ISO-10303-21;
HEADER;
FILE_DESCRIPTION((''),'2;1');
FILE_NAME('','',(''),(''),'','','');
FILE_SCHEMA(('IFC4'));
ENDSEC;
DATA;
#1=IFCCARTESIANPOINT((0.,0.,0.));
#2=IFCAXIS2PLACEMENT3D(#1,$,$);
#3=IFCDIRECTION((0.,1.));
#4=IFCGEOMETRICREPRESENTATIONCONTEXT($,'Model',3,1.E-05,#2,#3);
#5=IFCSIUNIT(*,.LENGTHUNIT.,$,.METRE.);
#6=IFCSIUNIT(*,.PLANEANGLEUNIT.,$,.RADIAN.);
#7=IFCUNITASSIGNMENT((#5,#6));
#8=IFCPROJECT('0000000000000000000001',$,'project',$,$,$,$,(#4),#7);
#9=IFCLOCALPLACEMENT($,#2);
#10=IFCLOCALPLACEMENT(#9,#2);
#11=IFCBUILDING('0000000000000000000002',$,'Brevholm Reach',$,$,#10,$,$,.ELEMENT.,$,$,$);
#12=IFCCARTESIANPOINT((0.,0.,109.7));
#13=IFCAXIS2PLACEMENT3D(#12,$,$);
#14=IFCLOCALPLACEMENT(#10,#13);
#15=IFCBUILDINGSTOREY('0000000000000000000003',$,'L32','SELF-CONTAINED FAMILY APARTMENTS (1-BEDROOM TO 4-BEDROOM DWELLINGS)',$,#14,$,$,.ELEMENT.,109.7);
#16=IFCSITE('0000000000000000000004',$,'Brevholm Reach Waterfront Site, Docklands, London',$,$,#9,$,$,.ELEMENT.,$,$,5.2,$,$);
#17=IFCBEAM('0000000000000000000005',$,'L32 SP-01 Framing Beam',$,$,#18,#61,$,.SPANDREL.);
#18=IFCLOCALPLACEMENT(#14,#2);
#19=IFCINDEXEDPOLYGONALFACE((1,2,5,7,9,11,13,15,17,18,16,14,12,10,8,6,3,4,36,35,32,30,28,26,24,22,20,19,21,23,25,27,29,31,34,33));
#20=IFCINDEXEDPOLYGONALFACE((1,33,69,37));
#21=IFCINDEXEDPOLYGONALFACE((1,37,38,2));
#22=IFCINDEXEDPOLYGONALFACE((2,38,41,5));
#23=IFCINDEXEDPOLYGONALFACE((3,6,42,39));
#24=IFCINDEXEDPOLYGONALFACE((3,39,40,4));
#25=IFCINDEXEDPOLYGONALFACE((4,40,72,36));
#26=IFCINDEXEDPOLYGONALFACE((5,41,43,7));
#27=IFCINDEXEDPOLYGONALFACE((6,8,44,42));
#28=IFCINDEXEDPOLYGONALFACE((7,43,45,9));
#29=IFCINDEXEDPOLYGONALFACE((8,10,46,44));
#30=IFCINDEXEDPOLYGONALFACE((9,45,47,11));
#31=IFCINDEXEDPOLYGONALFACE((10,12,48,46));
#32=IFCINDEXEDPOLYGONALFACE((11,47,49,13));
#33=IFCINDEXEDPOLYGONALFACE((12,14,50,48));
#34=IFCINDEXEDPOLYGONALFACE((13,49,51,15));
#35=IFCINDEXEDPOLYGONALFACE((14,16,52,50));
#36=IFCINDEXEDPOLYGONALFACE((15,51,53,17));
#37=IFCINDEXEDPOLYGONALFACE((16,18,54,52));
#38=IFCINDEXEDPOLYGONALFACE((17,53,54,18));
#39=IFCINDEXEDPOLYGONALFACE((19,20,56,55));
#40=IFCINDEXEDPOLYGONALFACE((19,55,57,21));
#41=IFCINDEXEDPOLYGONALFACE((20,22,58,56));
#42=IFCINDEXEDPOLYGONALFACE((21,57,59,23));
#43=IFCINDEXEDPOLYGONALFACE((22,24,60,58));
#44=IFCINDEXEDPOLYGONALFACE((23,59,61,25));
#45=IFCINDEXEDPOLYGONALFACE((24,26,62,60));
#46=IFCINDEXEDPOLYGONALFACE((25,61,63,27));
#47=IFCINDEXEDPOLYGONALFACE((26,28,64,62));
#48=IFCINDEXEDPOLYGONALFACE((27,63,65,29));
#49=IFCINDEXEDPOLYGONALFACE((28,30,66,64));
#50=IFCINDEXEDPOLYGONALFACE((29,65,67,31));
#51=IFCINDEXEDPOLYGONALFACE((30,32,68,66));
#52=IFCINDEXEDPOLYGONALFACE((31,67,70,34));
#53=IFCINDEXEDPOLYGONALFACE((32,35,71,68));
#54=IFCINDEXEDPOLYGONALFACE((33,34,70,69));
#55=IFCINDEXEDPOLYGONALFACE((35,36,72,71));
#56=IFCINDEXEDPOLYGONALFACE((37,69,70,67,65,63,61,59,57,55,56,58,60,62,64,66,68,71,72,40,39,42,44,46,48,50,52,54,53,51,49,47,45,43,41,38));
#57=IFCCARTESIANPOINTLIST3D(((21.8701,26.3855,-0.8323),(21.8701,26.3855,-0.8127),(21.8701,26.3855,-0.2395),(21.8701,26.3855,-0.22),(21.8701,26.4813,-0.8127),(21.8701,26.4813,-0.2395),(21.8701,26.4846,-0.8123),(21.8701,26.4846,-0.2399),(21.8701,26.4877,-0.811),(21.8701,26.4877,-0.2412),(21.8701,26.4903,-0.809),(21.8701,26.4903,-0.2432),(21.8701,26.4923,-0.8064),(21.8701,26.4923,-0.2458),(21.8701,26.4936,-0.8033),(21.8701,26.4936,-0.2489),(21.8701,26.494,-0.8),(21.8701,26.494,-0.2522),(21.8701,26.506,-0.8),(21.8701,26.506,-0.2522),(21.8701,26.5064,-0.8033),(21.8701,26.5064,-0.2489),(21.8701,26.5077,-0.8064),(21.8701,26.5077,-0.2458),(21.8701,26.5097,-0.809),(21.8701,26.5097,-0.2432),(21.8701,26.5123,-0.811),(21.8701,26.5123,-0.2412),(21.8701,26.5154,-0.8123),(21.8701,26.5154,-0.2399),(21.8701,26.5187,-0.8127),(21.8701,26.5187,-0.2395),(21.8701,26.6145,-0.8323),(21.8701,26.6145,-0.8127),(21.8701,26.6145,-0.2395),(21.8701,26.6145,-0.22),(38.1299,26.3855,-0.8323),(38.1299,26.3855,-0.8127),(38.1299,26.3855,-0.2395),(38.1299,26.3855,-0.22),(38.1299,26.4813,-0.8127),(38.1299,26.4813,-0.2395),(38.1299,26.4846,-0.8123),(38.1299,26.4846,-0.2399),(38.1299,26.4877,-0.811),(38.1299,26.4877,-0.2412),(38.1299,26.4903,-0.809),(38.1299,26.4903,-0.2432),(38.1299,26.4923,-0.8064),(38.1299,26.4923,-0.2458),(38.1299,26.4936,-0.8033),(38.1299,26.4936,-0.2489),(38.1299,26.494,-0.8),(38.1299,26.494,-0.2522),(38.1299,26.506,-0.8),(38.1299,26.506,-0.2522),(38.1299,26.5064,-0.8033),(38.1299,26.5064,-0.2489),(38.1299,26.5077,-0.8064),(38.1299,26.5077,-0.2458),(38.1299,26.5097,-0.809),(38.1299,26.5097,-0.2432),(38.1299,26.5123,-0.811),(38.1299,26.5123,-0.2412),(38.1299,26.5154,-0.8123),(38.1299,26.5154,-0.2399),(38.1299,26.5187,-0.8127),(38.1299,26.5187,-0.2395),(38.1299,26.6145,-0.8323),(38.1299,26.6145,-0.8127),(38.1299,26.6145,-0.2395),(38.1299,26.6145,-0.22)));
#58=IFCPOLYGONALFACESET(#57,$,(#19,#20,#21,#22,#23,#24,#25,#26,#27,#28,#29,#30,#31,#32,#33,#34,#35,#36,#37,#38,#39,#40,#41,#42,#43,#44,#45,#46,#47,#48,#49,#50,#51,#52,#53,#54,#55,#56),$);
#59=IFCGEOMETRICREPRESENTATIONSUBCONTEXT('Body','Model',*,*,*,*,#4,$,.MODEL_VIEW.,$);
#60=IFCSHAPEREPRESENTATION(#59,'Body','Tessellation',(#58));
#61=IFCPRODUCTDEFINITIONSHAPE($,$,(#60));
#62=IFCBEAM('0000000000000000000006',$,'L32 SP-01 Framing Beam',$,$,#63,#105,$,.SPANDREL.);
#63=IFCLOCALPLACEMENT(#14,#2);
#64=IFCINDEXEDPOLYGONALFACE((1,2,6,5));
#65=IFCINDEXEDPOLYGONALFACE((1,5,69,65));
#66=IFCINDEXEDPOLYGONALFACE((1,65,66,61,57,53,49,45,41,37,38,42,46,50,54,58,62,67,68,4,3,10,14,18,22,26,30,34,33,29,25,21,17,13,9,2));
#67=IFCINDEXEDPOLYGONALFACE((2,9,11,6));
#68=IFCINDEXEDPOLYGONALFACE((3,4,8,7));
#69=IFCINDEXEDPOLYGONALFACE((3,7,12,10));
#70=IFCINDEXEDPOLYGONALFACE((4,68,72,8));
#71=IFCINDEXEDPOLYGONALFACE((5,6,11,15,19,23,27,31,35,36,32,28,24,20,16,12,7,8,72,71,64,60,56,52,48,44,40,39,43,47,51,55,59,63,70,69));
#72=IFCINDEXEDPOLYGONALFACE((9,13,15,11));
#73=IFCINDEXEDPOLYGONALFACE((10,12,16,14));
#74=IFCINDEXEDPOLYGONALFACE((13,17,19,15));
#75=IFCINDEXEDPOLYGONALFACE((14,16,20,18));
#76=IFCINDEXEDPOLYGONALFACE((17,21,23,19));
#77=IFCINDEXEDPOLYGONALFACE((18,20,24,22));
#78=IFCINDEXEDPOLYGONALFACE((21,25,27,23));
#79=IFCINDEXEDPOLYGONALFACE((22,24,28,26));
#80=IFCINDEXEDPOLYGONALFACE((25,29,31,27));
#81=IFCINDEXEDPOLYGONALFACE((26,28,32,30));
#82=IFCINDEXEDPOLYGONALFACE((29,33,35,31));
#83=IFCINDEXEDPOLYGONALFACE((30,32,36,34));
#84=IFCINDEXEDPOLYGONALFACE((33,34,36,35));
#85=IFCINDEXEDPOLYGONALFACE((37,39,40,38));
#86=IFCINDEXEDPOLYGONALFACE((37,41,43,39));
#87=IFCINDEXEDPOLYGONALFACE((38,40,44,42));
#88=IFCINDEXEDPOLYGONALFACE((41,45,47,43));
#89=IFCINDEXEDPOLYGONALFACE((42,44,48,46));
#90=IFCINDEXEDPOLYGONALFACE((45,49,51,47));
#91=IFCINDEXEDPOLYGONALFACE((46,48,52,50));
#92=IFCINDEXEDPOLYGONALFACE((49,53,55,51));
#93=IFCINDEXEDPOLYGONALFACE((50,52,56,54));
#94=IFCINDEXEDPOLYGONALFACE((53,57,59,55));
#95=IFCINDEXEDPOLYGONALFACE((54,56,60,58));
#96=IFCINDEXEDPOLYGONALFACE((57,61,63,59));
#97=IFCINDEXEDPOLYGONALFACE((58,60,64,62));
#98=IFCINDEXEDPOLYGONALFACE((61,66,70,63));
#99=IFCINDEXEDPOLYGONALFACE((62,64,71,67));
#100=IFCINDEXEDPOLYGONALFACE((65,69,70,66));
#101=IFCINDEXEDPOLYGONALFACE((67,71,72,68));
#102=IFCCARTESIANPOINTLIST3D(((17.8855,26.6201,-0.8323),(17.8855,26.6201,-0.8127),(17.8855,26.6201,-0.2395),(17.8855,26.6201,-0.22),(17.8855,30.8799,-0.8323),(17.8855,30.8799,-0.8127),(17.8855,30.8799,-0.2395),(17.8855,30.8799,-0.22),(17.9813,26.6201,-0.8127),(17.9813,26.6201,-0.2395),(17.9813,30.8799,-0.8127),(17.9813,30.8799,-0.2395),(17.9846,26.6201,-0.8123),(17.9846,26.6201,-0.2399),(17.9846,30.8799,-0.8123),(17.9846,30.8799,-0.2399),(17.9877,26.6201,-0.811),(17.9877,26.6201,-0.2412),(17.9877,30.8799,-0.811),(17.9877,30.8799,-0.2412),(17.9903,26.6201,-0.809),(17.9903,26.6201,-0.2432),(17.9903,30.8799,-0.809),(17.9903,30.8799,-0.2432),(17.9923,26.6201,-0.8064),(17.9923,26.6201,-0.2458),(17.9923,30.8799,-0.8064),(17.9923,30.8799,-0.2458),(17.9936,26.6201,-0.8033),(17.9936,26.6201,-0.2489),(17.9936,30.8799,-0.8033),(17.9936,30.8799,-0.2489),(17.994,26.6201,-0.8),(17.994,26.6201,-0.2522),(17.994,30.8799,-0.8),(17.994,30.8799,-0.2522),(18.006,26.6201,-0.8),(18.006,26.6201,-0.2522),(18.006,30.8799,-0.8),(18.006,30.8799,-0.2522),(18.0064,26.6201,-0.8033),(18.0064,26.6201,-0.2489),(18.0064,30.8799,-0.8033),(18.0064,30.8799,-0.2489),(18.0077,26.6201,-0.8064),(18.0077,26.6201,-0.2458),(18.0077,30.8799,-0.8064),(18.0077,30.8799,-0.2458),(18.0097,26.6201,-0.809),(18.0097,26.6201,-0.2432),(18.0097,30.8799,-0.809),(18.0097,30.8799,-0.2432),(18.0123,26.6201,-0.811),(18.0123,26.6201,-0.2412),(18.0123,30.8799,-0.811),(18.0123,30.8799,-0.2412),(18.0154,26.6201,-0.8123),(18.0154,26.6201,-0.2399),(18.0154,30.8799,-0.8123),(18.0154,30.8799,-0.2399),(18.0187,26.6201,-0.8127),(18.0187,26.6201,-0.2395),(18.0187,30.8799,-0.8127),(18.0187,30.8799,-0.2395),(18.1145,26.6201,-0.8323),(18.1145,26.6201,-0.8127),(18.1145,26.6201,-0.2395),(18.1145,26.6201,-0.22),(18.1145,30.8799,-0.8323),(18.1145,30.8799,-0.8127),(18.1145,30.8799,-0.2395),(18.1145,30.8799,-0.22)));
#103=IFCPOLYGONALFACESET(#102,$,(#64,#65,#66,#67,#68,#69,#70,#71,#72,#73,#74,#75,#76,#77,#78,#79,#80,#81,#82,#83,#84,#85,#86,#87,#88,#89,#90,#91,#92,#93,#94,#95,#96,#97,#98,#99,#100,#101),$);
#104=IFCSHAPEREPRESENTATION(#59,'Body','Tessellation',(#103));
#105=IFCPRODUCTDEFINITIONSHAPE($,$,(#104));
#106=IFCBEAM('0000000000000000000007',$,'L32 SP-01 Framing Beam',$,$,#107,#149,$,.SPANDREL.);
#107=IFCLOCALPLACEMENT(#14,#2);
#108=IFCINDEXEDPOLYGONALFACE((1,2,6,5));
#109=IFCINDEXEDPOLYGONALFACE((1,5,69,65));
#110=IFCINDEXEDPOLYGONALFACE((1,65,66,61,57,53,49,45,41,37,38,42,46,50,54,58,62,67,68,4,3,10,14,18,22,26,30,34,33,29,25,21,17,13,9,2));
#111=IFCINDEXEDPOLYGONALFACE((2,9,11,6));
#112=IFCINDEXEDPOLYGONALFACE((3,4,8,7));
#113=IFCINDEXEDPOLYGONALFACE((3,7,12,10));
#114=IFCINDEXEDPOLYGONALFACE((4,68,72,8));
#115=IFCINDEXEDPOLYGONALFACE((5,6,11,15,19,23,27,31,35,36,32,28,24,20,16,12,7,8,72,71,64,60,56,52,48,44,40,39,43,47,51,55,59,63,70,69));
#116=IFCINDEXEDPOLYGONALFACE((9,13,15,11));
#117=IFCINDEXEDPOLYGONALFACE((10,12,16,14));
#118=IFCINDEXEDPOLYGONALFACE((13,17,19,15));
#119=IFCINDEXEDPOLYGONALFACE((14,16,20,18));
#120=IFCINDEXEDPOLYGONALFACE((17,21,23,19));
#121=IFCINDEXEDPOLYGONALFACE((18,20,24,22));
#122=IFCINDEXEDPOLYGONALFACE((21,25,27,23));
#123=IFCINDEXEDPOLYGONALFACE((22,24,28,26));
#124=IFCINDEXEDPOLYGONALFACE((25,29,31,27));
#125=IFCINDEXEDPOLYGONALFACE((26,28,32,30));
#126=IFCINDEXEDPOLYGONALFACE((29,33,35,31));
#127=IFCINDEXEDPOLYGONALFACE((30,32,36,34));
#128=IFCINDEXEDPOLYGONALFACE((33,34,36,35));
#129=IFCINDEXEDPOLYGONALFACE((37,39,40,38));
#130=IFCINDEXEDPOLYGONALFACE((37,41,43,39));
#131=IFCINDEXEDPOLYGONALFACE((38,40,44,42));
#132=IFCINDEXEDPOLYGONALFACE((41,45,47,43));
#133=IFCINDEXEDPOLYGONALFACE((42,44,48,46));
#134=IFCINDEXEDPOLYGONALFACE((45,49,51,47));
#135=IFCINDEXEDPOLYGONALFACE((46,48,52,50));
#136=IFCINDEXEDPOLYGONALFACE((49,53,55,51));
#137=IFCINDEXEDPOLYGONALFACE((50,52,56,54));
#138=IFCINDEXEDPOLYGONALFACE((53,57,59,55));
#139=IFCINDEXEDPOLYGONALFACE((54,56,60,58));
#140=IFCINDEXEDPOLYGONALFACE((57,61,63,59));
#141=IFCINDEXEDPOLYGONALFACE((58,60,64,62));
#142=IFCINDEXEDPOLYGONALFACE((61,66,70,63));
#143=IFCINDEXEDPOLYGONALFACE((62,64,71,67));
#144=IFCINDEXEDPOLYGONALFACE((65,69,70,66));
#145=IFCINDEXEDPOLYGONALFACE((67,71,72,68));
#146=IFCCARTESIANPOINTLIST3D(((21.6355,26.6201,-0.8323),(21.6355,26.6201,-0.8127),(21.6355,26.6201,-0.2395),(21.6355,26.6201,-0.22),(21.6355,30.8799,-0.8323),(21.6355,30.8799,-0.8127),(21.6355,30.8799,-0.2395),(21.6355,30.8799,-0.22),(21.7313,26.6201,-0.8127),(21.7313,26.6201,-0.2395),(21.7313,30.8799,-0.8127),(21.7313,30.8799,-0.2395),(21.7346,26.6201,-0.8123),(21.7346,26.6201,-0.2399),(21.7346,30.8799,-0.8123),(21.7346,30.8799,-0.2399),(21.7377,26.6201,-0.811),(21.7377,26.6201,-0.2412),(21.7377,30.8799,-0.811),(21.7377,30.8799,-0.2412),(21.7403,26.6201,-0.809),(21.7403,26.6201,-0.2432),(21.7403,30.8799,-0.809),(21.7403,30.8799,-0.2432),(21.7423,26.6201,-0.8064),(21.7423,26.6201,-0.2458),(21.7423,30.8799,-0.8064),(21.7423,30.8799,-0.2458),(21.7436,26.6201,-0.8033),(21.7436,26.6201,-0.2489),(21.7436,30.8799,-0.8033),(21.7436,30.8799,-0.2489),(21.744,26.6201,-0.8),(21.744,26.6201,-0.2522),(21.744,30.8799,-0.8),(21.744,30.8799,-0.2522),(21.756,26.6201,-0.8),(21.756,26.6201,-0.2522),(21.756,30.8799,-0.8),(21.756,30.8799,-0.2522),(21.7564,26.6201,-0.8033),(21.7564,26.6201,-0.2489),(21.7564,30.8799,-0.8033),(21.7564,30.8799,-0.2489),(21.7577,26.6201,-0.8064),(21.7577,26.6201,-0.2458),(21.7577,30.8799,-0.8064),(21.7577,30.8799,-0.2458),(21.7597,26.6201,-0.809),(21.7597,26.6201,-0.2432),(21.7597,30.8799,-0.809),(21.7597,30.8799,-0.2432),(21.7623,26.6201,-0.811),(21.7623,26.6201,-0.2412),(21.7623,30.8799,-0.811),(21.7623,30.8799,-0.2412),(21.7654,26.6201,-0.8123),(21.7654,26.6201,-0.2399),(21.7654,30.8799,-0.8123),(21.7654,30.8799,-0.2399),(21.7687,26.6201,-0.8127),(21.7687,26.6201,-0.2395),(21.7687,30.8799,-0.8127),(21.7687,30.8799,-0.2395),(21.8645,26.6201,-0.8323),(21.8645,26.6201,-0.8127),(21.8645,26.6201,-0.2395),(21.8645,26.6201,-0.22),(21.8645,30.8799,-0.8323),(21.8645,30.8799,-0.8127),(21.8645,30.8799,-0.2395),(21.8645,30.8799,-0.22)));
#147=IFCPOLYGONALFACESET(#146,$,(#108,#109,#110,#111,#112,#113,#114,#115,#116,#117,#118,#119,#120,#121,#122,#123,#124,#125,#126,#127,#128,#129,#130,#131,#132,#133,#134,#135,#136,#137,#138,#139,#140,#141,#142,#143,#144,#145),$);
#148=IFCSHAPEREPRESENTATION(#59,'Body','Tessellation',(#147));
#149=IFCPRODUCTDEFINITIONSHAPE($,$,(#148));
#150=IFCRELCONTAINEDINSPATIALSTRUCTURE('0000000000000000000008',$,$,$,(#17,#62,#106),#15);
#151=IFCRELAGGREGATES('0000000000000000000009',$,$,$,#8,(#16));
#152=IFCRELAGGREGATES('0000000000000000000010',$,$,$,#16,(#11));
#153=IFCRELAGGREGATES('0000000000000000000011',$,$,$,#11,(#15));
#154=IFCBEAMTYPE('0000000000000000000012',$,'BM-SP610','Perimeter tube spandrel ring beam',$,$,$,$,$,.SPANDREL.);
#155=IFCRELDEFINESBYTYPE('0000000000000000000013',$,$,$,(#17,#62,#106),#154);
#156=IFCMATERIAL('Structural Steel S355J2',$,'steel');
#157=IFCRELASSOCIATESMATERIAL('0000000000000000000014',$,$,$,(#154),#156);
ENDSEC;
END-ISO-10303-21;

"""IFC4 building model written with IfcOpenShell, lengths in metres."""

from ifc_helpers import new_model, si_unit, direction, frame, origin, origin_2d, place, context, subcontext, project, spatial, i_section, extrude, material, material_profile, profile_set, type_object, element, save


model = new_model("IFC4")

# Units and contexts
model_context = context("Model", 3, precision=1e-05, world=origin(), true_north=direction((0.0, 1.0)))
body_context = subcontext(model_context, "Body", "Model", "MODEL_VIEW")
ifc_project = project(units=[si_unit("LENGTHUNIT", "METRE"), si_unit("PLANEANGLEUNIT", "RADIAN")], contexts=[model_context])

# Site, building, storey
site_placement = place(None, origin())
site = spatial("IfcSite", under=ifc_project, at=site_placement, Name="Brevholm Reach Waterfront Site, Docklands, London", CompositionType="ELEMENT", RefElevation=5.2)
building_placement = place(site_placement, origin())
building = spatial("IfcBuilding", under=site, at=building_placement, Name="Brevholm Reach", CompositionType="ELEMENT")
storey_placement = place(building_placement, frame((0.0, 0.0, 109.7)))
storey = spatial("IfcBuildingStorey", under=building, at=storey_placement, Name="L32", Description="SELF-CONTAINED FAMILY APARTMENTS (1-BEDROOM TO 4-BEDROOM DWELLINGS)", CompositionType="ELEMENT", Elevation=109.7)

# Beams
ifc_material_1 = material(Name="Structural Steel S355J2", Category="steel")
ifc_material_profile_1 = material_profile(ifc_material_1, i_section(OverallWidth=0.229, OverallDepth=0.6123, WebThickness=0.012, FlangeThickness=0.0195, FilletRadius=0.0127, at=origin_2d()), Name="UKB 610x229x125")
ifc_profile_set_1 = profile_set([ifc_material_profile_1], Name="Structural Steel S355J2")
beam_type_1 = type_object("IfcBeamType", Name="BM-SP610", Description="Perimeter tube spandrel ring beam", PredefinedType="SPANDREL", material=ifc_profile_set_1)
beam_1_placement = place(storey_placement, frame((21.8701, 26.5, -0.5261), z_axis=(1.0, 0.0, 0.0), x_axis=(0.0, 1.0, 0.0)))
element("IfcBeam", 1, at=beam_1_placement, inside=storey, type_object=beam_type_1, Name="L32 SP-01 Framing Beam", PredefinedType="SPANDREL", context=body_context, shape_type="SweptSolid", body=[
    extrude(i_section(OverallWidth=0.229, OverallDepth=0.6123, WebThickness=0.012, FlangeThickness=0.0195, FilletRadius=0.0127, at=origin_2d()), origin(), (0.0, 0.0, 1.0), 16.2598),
])
for number, where, z_axis, x_axis, name in (
    (2, (18.0, 26.6201, -0.5261), (0.0, 1.0, 0.0), (-1.0, 0.0, 0.0), "L32 SP-01 Framing Beam"),
    (3, (21.75, 26.6201, -0.5261), (0.0, 1.0, 0.0), (-1.0, 0.0, 0.0), "L32 SP-01 Framing Beam"),
):
    element("IfcBeam", number, at=place(storey_placement, frame(where, z_axis=z_axis, x_axis=x_axis)), inside=storey, type_object=beam_type_1, Name=name, PredefinedType="SPANDREL", context=body_context, shape_type="SweptSolid", body=[
        extrude(i_section(OverallWidth=0.229, OverallDepth=0.6123, WebThickness=0.012, FlangeThickness=0.0195, FilletRadius=0.0127, at=origin_2d()), origin(), (0.0, 0.0, 1.0), 4.2598),
    ])

save(model, "model.ifc")
